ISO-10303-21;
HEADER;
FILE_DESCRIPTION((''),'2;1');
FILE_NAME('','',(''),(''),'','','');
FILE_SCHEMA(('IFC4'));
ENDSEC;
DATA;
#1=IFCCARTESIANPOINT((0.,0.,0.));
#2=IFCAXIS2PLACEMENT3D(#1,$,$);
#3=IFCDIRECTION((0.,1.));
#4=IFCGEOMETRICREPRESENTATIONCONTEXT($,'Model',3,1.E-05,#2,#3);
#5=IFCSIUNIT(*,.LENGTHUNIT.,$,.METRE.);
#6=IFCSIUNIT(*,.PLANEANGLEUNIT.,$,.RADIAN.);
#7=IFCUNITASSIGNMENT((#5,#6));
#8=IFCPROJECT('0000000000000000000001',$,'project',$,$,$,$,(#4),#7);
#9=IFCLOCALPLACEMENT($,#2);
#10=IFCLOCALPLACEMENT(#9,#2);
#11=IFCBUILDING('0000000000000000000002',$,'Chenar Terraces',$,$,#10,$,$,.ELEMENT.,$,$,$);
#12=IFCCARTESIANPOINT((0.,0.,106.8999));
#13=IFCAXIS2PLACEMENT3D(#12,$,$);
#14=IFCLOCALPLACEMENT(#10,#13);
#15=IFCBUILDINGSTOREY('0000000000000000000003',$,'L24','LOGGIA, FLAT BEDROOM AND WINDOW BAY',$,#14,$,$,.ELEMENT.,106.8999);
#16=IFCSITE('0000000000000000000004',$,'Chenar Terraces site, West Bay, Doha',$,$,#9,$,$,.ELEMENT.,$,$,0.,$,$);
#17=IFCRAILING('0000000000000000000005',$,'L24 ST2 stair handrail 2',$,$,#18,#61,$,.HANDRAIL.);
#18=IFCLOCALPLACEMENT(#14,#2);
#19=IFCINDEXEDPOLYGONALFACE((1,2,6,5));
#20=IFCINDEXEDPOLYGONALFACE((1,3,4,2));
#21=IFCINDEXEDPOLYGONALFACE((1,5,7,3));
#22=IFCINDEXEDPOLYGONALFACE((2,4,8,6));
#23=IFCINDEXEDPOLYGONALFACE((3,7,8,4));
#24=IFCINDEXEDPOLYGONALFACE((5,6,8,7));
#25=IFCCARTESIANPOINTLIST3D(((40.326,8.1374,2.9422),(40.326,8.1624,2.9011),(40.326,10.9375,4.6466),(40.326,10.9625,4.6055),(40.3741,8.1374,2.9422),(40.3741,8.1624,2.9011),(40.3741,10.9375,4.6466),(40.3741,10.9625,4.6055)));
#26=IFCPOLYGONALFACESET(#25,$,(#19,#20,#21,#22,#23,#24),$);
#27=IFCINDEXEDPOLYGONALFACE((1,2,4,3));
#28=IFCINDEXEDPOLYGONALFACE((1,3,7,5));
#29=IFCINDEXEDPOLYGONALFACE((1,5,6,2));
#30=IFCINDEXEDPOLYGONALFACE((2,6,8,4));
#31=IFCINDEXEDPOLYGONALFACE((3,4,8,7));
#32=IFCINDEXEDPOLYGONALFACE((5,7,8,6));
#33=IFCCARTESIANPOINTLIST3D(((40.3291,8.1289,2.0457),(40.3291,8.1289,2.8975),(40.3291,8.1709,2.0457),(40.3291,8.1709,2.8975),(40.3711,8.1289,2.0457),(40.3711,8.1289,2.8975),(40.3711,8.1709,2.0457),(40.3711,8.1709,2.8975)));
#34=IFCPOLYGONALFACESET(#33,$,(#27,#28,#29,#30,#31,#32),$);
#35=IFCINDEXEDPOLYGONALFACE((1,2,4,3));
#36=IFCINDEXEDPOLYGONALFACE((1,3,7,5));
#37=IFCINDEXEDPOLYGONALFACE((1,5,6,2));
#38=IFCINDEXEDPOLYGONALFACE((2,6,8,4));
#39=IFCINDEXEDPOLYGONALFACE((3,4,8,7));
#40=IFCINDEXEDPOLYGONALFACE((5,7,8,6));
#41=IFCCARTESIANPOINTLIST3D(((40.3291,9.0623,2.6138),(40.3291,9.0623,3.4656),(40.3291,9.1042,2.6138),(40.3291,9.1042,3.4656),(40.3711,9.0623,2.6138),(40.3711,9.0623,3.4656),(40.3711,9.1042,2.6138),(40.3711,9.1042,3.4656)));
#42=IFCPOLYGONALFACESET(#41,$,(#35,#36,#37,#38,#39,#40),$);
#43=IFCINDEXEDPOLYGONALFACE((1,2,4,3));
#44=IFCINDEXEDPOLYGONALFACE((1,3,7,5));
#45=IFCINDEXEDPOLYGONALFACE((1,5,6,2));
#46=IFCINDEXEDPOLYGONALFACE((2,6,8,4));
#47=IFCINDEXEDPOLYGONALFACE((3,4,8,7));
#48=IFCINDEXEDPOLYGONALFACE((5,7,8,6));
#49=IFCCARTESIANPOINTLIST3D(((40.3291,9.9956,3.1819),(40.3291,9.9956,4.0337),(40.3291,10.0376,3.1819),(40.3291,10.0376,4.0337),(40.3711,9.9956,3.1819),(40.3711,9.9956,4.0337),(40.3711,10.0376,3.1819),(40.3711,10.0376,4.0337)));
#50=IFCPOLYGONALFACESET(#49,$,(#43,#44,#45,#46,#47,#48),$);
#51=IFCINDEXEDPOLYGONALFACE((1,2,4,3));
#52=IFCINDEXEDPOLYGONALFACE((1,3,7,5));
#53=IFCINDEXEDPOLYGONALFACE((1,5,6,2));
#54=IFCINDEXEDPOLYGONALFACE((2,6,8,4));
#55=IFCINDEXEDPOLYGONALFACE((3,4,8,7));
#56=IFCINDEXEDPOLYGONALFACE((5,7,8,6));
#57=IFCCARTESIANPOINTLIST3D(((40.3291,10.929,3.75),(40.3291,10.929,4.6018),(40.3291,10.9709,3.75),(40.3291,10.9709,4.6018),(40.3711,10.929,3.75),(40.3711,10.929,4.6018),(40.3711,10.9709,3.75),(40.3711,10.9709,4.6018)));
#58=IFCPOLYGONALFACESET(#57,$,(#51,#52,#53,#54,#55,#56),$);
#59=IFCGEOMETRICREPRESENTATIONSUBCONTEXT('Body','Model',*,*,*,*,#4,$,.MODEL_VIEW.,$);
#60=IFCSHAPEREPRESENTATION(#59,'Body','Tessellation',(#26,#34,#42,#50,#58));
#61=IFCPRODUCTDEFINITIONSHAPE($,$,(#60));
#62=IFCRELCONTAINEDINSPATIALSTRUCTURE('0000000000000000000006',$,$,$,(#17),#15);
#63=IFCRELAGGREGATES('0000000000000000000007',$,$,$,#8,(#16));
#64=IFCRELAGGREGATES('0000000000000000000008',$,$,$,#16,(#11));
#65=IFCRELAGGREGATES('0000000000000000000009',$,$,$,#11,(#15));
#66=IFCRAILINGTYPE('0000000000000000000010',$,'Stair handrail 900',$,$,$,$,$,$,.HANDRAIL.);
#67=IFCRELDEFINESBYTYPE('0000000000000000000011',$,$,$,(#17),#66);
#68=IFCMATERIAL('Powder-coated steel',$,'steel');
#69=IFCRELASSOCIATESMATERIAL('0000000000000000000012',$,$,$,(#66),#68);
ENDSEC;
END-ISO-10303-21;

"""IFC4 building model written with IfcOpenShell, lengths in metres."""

from ifc_helpers import new_model, si_unit, direction, frame, origin, origin_2d, place, context, subcontext, project, spatial, rectangle, extrude, material, type_object, element, save


model = new_model("IFC4")

# Units and contexts
model_context = context("Model", 3, precision=1e-05, world=origin(), true_north=direction((0.0, 1.0)))
body_context = subcontext(model_context, "Body", "Model", "MODEL_VIEW")
ifc_project = project(units=[si_unit("LENGTHUNIT", "METRE"), si_unit("PLANEANGLEUNIT", "RADIAN")], contexts=[model_context])

# Site, building, storey
site_placement = place(None, origin())
site = spatial("IfcSite", under=ifc_project, at=site_placement, Name="Chenar Terraces site, West Bay, Doha", CompositionType="ELEMENT", RefElevation=0.0)
building_placement = place(site_placement, origin())
building = spatial("IfcBuilding", under=site, at=building_placement, Name="Chenar Terraces", CompositionType="ELEMENT")
storey_placement = place(building_placement, frame((0.0, 0.0, 106.8999)))
storey = spatial("IfcBuildingStorey", under=building, at=storey_placement, Name="L24", Description="LOGGIA, FLAT BEDROOM AND WINDOW BAY", CompositionType="ELEMENT", Elevation=106.8999)

# Railing
ifc_material_1 = material(Name="Powder-coated steel", Category="steel")
railing_type = type_object("IfcRailingType", Name="Stair handrail 900", PredefinedType="HANDRAIL", material=ifc_material_1)
railing_placement = place(storey_placement, frame((40.3501, 8.1499, 2.0457)))
element("IfcRailing", 1, at=railing_placement, inside=storey, type_object=railing_type, Name="L24 ST2 stair handrail 2", PredefinedType="HANDRAIL", context=body_context, shape_type="SweptSolid", body=[
    extrude(rectangle(XDim=0.0481, YDim=0.0481, at=origin_2d()), frame((0.0, 0.0, 0.876), z_axis=(0.0, 0.854203, 0.51994), x_axis=(-1.0, 0.0, 0.0)), (0.0, 0.0, 1.0), 3.2781),
    extrude(rectangle(XDim=0.042, YDim=0.042, at=origin_2d()), origin(), (0.0, 0.0, 1.0), 0.8518),
    extrude(rectangle(XDim=0.042, YDim=0.042, at=origin_2d()), frame((0.0, 0.9333, 0.5681)), (0.0, 0.0, 1.0), 0.8518),
    extrude(rectangle(XDim=0.042, YDim=0.042, at=origin_2d()), frame((0.0, 1.8667, 1.1362)), (0.0, 0.0, 1.0), 0.8518),
    extrude(rectangle(XDim=0.042, YDim=0.042, at=origin_2d()), frame((0.0, 2.8, 1.7043)), (0.0, 0.0, 1.0), 0.8518),
])

save(model, "model.ifc")
